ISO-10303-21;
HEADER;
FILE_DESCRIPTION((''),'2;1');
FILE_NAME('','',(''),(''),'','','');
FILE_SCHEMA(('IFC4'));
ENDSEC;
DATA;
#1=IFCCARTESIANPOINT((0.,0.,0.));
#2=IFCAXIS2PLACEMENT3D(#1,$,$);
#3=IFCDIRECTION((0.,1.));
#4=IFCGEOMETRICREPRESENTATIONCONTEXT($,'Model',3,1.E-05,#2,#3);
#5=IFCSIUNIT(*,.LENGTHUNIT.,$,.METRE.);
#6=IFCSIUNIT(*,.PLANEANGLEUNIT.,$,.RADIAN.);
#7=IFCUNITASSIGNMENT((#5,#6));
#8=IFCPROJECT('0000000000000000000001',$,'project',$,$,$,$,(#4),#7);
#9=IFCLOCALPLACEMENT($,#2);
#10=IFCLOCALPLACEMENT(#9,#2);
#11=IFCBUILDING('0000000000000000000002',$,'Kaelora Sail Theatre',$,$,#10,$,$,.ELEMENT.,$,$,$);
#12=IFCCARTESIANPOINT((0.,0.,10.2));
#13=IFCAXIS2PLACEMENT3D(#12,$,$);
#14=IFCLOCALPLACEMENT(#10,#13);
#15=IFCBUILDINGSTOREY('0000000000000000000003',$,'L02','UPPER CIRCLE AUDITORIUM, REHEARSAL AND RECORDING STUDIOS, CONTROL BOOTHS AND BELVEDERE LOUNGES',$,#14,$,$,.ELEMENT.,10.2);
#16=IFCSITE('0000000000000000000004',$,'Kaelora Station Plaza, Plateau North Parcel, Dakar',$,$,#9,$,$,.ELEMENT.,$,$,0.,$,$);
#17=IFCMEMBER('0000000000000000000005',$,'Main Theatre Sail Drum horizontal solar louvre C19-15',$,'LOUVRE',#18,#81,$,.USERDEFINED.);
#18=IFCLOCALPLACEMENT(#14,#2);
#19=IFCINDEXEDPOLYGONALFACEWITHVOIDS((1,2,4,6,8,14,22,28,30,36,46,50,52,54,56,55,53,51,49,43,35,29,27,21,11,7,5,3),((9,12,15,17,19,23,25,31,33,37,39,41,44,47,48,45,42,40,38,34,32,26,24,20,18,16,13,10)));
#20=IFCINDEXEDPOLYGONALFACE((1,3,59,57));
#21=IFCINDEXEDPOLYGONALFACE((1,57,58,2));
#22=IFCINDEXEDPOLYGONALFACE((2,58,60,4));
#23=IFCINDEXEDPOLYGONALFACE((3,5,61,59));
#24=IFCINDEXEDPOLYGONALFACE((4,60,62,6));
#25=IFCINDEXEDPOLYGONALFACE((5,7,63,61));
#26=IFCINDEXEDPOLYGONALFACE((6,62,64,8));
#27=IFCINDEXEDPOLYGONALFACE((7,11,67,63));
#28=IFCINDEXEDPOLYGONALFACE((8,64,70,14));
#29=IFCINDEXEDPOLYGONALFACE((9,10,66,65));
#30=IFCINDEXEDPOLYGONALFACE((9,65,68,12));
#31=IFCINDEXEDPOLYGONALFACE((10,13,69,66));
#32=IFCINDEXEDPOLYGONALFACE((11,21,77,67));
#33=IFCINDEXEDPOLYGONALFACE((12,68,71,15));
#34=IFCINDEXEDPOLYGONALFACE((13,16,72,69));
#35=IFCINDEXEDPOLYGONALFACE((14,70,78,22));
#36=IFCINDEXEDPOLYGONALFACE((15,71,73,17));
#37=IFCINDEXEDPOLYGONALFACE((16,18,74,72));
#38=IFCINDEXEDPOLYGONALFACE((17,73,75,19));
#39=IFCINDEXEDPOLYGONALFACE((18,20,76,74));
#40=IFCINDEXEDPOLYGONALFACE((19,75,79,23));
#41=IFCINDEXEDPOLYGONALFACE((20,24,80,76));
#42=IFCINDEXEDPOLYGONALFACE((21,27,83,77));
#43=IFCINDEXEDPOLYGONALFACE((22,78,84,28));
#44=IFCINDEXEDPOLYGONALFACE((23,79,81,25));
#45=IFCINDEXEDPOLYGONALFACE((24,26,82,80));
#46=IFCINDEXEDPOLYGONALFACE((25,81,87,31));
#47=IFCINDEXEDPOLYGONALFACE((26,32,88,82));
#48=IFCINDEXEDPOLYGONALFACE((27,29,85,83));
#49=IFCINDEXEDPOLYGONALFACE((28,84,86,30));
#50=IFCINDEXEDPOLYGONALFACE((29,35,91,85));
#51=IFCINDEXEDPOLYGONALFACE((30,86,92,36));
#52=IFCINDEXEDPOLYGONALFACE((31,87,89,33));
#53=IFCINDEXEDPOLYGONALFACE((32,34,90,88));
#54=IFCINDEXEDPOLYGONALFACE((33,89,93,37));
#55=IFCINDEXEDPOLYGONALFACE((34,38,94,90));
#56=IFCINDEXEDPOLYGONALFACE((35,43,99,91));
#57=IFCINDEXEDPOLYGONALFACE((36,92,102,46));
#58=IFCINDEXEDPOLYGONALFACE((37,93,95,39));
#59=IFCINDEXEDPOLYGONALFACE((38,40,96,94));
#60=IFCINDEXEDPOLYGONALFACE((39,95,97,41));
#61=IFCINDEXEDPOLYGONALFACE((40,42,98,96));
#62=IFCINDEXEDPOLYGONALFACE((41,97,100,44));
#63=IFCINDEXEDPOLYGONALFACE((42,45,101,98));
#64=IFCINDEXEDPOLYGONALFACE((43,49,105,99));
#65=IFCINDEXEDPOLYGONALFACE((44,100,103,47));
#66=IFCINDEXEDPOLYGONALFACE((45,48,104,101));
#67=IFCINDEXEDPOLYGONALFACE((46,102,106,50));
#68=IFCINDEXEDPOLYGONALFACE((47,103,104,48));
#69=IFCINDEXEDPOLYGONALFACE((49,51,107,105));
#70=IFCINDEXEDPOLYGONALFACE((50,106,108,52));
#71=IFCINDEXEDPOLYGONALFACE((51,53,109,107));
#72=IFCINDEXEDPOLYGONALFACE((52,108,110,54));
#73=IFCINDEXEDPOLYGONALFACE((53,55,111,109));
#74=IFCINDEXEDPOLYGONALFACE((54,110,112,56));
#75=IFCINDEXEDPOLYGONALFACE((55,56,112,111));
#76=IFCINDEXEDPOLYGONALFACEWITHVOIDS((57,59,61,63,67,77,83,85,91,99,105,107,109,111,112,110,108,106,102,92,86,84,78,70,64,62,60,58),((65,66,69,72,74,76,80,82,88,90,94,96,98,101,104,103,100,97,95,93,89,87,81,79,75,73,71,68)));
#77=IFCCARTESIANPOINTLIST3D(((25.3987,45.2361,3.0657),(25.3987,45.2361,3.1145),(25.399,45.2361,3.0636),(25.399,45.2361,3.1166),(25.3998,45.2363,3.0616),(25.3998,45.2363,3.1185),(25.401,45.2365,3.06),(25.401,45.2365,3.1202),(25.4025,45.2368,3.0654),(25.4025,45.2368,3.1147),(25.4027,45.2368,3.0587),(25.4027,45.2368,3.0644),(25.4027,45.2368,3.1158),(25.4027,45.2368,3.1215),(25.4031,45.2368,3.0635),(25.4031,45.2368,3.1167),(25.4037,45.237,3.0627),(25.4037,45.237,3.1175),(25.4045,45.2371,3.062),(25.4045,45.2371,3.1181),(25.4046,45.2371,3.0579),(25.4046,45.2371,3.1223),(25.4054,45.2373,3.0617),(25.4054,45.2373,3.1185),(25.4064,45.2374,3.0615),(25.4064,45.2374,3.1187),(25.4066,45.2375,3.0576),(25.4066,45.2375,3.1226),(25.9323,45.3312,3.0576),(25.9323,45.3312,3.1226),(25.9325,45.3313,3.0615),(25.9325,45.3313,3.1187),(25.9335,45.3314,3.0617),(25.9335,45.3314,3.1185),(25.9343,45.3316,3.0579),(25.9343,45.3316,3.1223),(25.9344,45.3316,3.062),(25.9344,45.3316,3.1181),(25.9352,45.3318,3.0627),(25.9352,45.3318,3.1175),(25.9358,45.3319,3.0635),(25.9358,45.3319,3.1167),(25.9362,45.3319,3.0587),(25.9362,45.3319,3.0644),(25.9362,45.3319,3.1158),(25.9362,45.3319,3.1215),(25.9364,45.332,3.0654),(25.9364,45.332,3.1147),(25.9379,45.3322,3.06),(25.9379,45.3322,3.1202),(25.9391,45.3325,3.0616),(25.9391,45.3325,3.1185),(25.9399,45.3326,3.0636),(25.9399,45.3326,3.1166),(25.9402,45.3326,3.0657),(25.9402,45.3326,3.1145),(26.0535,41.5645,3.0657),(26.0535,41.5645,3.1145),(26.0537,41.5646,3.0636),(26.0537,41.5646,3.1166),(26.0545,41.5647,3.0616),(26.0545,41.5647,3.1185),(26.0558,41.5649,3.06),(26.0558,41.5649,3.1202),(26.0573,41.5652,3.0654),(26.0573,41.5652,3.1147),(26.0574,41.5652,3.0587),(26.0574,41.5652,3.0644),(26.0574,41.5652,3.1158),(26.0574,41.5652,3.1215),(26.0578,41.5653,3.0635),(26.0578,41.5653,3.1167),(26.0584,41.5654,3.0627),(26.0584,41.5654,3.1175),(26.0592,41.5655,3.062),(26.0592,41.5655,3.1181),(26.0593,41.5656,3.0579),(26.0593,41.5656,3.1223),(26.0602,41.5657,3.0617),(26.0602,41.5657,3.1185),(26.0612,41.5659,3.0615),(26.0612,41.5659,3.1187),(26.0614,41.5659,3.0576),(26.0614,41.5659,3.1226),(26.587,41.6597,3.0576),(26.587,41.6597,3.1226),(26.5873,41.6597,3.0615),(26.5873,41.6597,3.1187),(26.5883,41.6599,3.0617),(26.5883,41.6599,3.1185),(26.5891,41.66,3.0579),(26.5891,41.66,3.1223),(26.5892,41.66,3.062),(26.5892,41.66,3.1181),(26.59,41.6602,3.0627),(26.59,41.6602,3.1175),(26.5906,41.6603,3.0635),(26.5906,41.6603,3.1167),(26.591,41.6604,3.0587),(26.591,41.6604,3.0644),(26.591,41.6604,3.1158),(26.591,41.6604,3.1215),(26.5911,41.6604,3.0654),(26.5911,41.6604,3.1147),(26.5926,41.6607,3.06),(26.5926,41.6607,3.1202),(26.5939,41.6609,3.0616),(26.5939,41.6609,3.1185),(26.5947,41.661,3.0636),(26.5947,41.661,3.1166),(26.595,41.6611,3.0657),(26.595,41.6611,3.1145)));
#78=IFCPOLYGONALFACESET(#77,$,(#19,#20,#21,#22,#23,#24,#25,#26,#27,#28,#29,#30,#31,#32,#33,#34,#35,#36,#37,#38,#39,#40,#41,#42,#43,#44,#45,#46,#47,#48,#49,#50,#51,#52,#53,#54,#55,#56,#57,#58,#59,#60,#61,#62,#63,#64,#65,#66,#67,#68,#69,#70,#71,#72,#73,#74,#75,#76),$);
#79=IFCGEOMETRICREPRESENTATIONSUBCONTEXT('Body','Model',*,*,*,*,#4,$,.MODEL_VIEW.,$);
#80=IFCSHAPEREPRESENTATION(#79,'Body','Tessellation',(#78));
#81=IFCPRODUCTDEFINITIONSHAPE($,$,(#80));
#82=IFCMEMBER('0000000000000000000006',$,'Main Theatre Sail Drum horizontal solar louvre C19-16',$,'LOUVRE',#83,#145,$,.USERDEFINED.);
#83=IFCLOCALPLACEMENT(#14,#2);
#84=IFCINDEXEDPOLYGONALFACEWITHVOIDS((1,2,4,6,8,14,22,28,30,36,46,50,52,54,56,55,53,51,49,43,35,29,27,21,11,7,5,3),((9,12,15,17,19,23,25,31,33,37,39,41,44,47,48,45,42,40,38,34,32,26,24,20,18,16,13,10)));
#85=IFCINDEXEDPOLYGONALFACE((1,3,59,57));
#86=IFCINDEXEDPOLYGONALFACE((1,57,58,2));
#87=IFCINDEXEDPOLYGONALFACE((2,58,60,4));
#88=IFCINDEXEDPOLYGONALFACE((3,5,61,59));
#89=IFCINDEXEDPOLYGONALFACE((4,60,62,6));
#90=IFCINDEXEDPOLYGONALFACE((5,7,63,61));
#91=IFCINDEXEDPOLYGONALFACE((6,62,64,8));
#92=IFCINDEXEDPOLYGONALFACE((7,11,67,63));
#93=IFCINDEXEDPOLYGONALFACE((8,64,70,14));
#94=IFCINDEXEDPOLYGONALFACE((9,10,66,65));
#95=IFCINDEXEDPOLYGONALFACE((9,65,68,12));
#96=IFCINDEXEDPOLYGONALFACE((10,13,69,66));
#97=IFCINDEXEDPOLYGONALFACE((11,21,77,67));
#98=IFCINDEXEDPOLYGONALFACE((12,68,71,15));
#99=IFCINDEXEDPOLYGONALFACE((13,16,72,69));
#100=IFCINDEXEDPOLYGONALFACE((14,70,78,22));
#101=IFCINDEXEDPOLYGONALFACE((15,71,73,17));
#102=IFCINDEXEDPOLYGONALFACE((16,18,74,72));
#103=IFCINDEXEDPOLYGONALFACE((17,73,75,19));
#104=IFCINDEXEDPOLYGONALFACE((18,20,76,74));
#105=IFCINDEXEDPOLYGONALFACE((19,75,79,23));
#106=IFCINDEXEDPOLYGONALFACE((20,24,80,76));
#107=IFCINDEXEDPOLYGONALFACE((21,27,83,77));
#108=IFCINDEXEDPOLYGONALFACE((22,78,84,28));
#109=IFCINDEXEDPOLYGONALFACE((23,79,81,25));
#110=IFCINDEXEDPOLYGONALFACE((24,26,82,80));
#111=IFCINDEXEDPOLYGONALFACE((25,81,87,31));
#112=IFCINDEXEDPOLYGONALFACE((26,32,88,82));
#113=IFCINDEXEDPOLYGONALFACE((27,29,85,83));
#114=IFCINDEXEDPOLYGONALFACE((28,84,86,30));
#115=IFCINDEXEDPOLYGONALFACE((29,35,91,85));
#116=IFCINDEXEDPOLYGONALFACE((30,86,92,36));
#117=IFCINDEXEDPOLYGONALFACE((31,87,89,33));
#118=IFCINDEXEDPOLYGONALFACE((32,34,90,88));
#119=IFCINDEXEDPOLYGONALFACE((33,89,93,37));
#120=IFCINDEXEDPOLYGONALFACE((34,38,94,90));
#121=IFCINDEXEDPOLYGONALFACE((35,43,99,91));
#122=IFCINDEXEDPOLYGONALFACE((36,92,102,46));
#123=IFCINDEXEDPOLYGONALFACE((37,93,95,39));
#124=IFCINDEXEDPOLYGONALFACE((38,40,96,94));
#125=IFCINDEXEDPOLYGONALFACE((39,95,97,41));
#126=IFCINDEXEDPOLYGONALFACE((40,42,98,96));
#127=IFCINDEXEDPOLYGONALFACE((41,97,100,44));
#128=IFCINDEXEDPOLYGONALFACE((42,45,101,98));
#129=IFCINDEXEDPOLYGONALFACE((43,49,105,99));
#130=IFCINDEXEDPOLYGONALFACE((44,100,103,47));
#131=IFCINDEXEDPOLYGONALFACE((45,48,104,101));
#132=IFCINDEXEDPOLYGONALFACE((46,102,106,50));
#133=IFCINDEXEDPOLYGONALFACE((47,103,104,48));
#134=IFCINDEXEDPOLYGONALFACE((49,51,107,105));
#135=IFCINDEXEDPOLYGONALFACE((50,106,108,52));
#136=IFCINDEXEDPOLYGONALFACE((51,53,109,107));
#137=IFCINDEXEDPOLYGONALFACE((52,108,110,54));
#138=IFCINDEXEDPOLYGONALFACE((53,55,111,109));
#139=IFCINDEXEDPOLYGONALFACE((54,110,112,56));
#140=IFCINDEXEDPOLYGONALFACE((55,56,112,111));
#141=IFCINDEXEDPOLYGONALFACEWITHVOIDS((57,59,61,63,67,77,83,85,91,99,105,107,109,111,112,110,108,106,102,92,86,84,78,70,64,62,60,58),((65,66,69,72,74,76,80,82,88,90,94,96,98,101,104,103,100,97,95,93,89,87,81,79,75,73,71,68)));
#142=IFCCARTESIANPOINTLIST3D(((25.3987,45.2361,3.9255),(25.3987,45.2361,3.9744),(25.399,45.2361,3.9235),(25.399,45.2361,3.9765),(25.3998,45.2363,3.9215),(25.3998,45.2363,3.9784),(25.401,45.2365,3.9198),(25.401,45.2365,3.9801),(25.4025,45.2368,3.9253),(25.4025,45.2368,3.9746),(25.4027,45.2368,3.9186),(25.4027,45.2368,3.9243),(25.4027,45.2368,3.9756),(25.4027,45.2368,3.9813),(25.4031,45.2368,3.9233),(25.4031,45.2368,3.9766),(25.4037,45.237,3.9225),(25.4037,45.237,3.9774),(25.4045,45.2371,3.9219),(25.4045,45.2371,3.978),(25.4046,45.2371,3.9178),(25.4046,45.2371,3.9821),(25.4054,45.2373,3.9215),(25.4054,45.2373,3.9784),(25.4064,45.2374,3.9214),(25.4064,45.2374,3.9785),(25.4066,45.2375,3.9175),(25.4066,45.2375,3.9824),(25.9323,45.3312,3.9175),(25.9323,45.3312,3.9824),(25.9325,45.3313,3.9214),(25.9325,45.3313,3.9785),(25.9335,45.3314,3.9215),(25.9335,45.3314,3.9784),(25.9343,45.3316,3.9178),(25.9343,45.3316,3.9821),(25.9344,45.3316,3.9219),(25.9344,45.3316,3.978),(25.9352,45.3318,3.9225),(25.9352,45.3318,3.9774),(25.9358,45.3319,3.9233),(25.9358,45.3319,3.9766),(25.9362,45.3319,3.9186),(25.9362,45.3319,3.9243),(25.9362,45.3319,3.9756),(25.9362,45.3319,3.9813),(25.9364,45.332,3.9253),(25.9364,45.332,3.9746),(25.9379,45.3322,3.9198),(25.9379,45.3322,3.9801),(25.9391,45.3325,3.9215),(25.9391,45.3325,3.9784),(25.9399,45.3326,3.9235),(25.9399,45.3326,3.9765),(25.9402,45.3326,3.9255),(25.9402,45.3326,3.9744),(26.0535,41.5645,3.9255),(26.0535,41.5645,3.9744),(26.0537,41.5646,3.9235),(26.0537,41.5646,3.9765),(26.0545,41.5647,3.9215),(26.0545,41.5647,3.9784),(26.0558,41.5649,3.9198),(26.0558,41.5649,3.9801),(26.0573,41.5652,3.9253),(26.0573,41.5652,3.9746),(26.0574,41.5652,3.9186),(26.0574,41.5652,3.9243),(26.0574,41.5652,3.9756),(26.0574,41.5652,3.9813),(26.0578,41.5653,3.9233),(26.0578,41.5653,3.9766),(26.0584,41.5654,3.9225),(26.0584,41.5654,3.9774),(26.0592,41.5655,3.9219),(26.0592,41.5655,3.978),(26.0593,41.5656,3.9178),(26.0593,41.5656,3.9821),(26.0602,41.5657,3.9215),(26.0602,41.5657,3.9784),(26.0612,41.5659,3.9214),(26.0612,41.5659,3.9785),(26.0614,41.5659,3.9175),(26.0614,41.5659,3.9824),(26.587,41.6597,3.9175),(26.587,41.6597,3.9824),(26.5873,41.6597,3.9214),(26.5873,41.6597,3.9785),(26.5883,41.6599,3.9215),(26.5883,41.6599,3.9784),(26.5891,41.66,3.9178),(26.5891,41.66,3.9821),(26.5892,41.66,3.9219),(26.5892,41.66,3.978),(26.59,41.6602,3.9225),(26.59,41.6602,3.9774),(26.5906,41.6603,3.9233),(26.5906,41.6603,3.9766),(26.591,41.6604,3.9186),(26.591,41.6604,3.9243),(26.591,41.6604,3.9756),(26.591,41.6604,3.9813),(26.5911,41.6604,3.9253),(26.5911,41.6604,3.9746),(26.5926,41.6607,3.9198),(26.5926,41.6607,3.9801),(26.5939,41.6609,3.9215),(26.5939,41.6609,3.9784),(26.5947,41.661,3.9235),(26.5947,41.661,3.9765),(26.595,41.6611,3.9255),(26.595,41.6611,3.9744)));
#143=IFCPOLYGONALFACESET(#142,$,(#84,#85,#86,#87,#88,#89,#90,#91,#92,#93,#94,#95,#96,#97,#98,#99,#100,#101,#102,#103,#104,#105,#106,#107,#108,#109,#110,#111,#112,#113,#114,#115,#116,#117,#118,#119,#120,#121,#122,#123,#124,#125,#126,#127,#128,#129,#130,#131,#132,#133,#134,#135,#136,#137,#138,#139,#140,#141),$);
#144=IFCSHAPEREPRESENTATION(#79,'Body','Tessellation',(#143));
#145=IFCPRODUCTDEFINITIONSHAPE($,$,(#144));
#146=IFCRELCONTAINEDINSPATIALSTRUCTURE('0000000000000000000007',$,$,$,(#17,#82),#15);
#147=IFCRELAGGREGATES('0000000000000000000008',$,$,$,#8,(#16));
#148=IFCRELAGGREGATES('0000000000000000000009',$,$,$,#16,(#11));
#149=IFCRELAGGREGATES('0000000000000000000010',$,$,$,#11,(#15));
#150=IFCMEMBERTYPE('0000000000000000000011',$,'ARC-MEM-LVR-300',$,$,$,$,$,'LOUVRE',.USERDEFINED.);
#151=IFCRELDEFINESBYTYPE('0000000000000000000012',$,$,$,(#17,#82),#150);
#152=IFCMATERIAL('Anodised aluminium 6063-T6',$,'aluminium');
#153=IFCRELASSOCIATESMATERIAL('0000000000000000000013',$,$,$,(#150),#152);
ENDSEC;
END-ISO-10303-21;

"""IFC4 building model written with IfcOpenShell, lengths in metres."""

from ifc_helpers import new_model, si_unit, direction, frame, origin, origin_2d, place, context, subcontext, project, spatial, hollow_rectangle, extrude, material, material_profile, profile_set, type_object, element, save


model = new_model("IFC4")

# Units and contexts
model_context = context("Model", 3, precision=1e-05, world=origin(), true_north=direction((0.0, 1.0)))
body_context = subcontext(model_context, "Body", "Model", "MODEL_VIEW")
ifc_project = project(units=[si_unit("LENGTHUNIT", "METRE"), si_unit("PLANEANGLEUNIT", "RADIAN")], contexts=[model_context])

# Site, building, storey
site_placement = place(None, origin())
site = spatial("IfcSite", under=ifc_project, at=site_placement, Name="Kaelora Station Plaza, Plateau North Parcel, Dakar", CompositionType="ELEMENT", RefElevation=0.0)
building_placement = place(site_placement, origin())
building = spatial("IfcBuilding", under=site, at=building_placement, Name="Kaelora Sail Theatre", CompositionType="ELEMENT")
storey_placement = place(building_placement, frame((0.0, 0.0, 10.2)))
storey = spatial("IfcBuildingStorey", under=building, at=storey_placement, Name="L02", Description="UPPER CIRCLE AUDITORIUM, REHEARSAL AND RECORDING STUDIOS, CONTROL BOOTHS AND BELVEDERE LOUNGES", CompositionType="ELEMENT", Elevation=10.2)

# Members
ifc_material_1 = material(Name="Anodised aluminium 6063-T6", Category="aluminium")
ifc_material_profile_1 = material_profile(ifc_material_1, hollow_rectangle(XDim=0.55, YDim=0.0649, WallThickness=0.0039, InnerFilletRadius=0.0039, OuterFilletRadius=0.0081, at=origin_2d()), Name="LOUVRE 550x65x4")
ifc_profile_set_1 = profile_set([ifc_material_profile_1], Name="Anodised aluminium 6063-T6")
member_type = type_object("IfcMemberType", Name="ARC-MEM-LVR-300", ElementType="LOUVRE", PredefinedType="USERDEFINED", material=ifc_profile_set_1)
for number, where, z_axis, x_axis, name in (
    (1, (26.3242, 41.6128, 3.0901), (-0.175566, 0.984468, 0.0), (-0.984468, -0.175566, 0.0), "Main Theatre Sail Drum horizontal solar louvre C19-15"),
    (2, (26.3242, 41.6128, 3.95), (-0.175566, 0.984468, 0.0), (-0.984468, -0.175566, 0.0), "Main Theatre Sail Drum horizontal solar louvre C19-16"),
):
    element("IfcMember", number, at=place(storey_placement, frame(where, z_axis=z_axis, x_axis=x_axis)), inside=storey, type_object=member_type, Name=name, ObjectType="LOUVRE", PredefinedType="USERDEFINED", context=body_context, shape_type="SweptSolid", body=[
        extrude(hollow_rectangle(XDim=0.55, YDim=0.0649, WallThickness=0.0039, InnerFilletRadius=0.0039, OuterFilletRadius=0.0081, at=origin_2d()), origin(), (0.0, 0.0, 1.0), 3.7295),
    ])

save(model, "model.ifc")
